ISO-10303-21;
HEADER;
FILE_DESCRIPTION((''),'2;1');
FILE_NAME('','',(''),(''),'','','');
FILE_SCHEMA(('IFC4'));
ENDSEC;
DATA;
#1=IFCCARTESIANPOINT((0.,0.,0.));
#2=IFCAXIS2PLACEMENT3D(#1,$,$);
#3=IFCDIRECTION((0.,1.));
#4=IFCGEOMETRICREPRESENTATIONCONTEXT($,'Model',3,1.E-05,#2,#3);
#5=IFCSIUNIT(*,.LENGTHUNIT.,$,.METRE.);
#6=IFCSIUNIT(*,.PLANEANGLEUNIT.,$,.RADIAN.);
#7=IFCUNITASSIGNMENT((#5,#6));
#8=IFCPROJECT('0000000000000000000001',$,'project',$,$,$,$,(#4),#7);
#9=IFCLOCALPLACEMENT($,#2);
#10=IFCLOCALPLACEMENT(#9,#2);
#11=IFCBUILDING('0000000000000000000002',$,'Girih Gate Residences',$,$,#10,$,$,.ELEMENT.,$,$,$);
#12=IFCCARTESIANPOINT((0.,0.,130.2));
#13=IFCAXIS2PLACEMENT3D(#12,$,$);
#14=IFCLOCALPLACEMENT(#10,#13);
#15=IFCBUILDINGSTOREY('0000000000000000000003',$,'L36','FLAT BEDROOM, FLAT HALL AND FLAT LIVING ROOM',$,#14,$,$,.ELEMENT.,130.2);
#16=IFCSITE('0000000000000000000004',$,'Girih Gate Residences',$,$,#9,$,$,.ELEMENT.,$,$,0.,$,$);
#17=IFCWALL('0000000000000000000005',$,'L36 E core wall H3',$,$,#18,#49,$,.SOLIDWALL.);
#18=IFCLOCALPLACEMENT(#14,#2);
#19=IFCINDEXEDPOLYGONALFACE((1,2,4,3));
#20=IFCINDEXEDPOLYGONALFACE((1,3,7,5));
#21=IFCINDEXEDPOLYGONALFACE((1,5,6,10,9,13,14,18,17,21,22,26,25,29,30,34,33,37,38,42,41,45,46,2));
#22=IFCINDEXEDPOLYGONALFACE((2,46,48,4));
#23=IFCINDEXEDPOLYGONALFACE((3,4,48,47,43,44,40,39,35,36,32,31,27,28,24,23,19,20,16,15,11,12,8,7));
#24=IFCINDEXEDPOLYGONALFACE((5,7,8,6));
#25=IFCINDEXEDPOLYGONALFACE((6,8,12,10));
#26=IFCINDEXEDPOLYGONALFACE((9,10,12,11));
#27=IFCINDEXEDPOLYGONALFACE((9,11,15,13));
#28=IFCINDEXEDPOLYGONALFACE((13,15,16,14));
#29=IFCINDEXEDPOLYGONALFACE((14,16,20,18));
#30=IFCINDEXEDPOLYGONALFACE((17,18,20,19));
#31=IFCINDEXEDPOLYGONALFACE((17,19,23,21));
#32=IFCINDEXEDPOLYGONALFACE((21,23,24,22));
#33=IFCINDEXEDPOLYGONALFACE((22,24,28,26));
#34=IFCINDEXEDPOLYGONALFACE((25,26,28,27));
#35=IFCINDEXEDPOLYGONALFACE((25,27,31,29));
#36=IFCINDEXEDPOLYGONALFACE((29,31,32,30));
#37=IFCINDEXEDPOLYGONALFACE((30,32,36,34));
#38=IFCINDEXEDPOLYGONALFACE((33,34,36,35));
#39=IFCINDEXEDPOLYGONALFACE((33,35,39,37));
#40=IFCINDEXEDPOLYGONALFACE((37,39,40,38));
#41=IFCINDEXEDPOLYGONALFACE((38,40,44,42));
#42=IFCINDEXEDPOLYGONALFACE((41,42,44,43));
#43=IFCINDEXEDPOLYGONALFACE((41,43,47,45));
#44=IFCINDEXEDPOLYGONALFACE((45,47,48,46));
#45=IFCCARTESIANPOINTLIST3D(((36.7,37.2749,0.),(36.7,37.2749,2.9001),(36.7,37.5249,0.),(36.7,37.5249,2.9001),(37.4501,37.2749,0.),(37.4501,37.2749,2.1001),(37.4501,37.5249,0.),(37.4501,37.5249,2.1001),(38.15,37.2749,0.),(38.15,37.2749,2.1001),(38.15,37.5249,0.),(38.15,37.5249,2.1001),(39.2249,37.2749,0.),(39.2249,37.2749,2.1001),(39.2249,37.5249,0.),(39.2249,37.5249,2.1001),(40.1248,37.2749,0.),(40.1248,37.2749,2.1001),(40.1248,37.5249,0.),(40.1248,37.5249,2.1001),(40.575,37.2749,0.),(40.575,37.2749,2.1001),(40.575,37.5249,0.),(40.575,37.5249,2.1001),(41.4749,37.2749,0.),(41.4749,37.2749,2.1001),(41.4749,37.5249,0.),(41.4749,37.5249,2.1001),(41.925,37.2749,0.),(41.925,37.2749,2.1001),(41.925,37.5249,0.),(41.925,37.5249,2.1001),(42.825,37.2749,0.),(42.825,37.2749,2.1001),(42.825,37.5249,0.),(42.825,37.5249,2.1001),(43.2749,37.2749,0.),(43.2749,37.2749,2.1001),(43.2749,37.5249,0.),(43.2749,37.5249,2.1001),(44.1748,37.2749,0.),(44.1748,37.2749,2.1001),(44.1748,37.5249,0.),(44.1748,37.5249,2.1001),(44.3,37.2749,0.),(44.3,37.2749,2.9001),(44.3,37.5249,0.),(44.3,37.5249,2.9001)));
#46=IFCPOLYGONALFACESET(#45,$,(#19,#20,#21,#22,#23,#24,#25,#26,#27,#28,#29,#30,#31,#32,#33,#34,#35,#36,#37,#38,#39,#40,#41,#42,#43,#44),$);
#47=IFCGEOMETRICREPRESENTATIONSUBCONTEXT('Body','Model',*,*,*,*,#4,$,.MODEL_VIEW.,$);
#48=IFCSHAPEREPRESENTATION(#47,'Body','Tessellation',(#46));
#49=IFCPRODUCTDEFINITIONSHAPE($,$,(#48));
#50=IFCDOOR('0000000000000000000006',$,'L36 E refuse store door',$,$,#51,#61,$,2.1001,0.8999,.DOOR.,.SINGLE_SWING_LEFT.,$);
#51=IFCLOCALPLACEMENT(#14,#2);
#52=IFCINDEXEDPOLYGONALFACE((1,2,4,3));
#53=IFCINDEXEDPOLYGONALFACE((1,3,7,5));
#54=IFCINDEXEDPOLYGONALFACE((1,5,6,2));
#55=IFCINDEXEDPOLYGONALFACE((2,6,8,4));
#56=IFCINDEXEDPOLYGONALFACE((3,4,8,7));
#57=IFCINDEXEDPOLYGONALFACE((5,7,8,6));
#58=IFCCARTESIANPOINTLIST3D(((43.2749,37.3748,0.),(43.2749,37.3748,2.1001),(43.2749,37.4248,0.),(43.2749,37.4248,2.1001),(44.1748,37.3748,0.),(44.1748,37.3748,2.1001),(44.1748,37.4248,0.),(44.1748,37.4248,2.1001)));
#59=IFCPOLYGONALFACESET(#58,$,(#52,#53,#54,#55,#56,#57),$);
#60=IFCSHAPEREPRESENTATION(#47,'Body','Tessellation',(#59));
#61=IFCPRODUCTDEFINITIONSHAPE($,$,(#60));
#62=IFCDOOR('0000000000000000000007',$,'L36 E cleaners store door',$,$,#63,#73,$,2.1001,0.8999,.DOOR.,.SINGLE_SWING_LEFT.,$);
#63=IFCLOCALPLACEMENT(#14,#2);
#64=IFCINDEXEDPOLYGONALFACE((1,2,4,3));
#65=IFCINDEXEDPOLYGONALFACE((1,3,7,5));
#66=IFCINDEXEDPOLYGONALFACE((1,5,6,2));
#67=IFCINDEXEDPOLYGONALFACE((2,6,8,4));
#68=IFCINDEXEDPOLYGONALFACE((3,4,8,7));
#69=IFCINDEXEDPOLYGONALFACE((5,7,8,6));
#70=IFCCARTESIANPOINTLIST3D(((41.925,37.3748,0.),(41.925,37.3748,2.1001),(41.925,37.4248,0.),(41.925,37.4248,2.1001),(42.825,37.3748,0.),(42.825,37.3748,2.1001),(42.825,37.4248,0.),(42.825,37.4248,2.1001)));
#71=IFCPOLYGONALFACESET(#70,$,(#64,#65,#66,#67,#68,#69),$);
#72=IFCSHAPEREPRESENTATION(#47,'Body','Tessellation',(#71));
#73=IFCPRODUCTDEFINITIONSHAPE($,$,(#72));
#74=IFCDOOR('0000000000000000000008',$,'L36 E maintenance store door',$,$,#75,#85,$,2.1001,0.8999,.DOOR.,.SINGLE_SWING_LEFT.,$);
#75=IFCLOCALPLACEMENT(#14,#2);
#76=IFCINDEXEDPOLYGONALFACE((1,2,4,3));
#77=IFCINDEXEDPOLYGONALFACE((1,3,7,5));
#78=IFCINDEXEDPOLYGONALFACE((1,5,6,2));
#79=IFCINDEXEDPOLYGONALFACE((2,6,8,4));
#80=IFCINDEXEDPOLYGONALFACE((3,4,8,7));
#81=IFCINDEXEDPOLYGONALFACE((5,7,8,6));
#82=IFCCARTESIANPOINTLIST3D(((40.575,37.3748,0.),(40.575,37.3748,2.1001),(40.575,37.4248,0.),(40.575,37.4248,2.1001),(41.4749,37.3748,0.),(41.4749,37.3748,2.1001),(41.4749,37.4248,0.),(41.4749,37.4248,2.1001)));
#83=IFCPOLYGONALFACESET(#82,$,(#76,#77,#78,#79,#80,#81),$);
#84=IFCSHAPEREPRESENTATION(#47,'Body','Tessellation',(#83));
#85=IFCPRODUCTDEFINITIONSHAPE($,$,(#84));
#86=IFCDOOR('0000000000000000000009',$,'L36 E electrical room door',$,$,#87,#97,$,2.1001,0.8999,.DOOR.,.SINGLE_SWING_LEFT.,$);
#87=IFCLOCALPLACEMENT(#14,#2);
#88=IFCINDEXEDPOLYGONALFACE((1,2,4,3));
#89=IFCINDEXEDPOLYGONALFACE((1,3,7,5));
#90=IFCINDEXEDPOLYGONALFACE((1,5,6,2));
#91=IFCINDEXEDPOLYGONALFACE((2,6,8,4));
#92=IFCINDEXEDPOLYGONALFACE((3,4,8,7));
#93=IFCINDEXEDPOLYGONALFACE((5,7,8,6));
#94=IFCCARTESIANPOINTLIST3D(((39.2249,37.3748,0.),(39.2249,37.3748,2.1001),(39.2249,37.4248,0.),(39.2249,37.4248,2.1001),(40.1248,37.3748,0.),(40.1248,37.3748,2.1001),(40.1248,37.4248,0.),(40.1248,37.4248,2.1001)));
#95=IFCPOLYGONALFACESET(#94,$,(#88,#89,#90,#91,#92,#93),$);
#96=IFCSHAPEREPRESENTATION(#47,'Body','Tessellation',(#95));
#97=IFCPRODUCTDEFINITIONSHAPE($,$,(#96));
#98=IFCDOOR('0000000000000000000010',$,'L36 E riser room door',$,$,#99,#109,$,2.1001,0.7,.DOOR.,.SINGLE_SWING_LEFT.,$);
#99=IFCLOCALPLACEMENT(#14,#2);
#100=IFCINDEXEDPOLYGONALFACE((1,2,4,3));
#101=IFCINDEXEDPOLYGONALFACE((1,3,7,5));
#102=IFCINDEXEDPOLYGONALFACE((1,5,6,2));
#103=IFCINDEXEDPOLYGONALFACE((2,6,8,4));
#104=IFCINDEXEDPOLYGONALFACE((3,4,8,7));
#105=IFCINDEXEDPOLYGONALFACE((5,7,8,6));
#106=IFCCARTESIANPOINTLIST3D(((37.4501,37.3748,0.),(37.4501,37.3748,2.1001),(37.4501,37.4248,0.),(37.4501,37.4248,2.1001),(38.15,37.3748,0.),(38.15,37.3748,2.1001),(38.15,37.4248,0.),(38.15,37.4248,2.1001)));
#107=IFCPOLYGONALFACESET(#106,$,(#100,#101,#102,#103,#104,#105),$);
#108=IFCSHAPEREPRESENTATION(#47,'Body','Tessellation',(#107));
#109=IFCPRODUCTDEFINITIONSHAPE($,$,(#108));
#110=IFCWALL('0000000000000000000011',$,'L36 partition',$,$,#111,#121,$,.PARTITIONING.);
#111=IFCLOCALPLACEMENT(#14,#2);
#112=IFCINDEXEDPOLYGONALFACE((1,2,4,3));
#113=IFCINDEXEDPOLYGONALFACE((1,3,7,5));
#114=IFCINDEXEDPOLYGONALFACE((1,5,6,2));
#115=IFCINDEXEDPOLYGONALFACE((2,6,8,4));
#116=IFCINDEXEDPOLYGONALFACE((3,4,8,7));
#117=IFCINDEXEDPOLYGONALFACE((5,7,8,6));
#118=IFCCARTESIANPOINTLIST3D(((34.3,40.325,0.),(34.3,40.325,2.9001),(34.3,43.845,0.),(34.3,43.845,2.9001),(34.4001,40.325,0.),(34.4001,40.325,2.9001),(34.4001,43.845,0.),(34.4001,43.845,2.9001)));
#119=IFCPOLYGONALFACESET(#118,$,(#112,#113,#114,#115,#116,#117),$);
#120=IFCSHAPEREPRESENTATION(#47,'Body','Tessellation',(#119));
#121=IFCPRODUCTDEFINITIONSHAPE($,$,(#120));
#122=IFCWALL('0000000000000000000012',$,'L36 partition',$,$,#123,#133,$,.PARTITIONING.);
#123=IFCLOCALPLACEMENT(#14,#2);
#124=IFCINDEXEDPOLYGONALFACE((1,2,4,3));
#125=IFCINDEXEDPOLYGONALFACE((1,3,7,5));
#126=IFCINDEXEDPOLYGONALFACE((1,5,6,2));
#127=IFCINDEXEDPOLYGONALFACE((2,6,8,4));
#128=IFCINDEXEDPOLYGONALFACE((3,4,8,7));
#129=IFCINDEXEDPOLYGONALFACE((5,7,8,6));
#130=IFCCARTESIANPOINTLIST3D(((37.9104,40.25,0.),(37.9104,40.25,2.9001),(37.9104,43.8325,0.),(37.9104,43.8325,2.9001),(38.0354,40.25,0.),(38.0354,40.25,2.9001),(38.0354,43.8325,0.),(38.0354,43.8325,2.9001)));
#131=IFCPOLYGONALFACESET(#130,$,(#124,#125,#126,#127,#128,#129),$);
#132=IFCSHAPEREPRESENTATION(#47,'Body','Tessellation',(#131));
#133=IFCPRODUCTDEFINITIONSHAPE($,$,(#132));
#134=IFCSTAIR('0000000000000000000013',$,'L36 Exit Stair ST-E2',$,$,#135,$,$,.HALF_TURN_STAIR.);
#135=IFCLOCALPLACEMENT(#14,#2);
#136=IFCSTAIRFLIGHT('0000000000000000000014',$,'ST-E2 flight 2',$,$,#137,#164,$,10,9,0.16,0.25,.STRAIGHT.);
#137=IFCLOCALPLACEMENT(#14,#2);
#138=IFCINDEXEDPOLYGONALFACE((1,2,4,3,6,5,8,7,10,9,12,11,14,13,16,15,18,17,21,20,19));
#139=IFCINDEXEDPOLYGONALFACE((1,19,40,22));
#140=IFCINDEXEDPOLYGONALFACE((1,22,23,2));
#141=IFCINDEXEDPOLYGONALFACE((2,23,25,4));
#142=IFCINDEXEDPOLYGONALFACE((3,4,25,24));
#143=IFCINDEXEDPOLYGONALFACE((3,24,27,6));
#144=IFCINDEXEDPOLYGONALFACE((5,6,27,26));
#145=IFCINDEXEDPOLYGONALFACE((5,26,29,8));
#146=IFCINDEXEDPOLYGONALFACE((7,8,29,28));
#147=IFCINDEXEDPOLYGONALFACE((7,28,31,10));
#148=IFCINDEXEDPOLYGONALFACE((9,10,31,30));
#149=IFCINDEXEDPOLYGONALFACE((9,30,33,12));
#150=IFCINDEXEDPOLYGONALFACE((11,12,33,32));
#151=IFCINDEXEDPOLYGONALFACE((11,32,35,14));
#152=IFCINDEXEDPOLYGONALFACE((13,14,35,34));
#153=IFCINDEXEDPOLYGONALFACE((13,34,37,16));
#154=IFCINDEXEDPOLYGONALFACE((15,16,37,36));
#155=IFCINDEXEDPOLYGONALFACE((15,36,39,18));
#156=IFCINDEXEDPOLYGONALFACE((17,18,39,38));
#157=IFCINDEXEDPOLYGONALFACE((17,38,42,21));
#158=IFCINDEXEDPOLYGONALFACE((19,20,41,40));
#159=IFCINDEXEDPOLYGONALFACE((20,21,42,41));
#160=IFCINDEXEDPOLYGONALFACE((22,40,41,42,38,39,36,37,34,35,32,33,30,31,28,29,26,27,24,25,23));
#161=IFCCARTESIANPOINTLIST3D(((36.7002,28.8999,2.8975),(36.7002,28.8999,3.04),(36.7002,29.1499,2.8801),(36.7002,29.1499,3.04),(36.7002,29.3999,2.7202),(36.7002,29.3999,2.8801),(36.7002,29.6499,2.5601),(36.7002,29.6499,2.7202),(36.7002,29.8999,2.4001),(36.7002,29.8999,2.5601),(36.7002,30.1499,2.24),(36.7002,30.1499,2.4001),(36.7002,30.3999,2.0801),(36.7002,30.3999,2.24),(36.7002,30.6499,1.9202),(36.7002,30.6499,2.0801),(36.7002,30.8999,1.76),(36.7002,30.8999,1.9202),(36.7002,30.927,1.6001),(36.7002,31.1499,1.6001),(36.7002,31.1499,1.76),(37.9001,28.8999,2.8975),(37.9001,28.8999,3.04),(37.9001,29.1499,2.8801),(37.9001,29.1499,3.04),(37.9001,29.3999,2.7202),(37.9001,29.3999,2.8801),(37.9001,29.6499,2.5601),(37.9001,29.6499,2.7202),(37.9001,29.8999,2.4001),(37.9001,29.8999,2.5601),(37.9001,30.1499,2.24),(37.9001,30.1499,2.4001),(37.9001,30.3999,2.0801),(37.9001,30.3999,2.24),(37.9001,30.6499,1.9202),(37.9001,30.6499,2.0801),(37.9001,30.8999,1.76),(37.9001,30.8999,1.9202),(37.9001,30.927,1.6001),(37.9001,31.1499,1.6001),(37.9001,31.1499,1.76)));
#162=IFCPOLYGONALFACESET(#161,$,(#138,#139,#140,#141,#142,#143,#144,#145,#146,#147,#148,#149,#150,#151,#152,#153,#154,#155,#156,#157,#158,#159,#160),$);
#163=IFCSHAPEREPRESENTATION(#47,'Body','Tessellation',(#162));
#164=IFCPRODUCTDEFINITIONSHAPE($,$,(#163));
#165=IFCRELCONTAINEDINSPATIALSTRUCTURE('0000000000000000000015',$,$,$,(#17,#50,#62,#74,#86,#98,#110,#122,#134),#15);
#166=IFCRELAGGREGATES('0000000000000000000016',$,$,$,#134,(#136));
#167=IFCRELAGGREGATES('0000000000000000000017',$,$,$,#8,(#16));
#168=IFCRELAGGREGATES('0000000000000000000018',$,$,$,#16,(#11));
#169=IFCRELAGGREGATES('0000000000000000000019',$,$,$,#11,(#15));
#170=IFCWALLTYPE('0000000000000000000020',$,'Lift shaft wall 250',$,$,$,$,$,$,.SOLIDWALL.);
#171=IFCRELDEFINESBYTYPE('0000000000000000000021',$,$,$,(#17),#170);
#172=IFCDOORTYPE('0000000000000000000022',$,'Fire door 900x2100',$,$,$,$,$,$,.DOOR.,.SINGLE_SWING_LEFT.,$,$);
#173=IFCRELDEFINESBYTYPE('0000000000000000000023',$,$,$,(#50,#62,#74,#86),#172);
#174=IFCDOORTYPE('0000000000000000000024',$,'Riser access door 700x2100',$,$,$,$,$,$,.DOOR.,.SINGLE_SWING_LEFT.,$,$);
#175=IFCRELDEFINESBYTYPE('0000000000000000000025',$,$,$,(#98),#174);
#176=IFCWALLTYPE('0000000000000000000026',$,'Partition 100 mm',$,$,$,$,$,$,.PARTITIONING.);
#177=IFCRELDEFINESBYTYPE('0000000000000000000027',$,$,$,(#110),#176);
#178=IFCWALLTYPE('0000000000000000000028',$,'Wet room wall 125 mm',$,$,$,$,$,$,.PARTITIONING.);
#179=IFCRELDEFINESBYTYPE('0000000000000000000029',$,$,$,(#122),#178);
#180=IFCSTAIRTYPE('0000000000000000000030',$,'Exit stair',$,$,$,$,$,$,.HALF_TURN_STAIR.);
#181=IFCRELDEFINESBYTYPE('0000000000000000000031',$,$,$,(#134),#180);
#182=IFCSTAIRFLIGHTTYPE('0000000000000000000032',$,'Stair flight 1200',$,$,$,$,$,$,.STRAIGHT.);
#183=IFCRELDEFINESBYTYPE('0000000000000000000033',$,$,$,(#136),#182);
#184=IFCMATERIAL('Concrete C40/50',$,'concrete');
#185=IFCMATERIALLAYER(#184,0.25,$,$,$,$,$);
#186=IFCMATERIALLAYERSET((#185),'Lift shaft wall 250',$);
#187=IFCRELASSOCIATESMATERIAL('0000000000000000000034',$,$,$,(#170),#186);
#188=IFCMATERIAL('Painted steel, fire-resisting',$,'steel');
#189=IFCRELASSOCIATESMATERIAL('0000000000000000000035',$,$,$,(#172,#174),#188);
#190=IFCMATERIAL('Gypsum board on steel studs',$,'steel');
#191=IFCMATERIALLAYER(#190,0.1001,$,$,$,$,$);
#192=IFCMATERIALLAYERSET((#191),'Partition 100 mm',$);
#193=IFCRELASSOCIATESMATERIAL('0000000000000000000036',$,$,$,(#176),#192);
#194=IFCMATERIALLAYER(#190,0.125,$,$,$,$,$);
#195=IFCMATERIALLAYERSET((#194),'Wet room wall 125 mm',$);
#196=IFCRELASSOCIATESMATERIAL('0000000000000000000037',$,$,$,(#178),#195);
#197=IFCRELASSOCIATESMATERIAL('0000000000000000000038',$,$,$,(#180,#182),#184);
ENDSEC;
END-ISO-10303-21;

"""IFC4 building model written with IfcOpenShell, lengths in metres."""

from ifc_helpers import new_model, si_unit, direction, frame, frame_2d, origin, place, context, subcontext, project, spatial, polyline, rectangle, outline, extrude, material, layer, layer_set, type_object, element, fill, aggregate, save


model = new_model("IFC4")

# Units and contexts
model_context = context("Model", 3, precision=1e-05, world=origin(), true_north=direction((0.0, 1.0)))
body_context = subcontext(model_context, "Body", "Model", "MODEL_VIEW")
ifc_project = project(units=[si_unit("LENGTHUNIT", "METRE"), si_unit("PLANEANGLEUNIT", "RADIAN")], contexts=[model_context])

# Site, building, storey
site_placement = place(None, origin())
site = spatial("IfcSite", under=ifc_project, at=site_placement, Name="Girih Gate Residences", CompositionType="ELEMENT", RefElevation=0.0)
building_placement = place(site_placement, origin())
building = spatial("IfcBuilding", under=site, at=building_placement, Name="Girih Gate Residences", CompositionType="ELEMENT")
storey_placement = place(building_placement, frame((0.0, 0.0, 130.2)))
storey = spatial("IfcBuildingStorey", under=building, at=storey_placement, Name="L36", Description="FLAT BEDROOM, FLAT HALL AND FLAT LIVING ROOM", CompositionType="ELEMENT", Elevation=130.2)

# Shared definitions
ifc_material_1 = material(Name="Gypsum board on steel studs", Category="steel")

# Shared definitions
ifc_material_2 = material(Name="Concrete C40/50", Category="concrete")
ifc_layer_1 = layer(ifc_material_2, 0.25)
ifc_layer_set_1 = layer_set([ifc_layer_1], Name="Lift shaft wall 250")
wall_type_1 = type_object("IfcWallType", Name="Lift shaft wall 250", PredefinedType="SOLIDWALL", material=ifc_layer_set_1)

# Wall, openings, doors
ifc_material_3 = material(Name="Painted steel, fire-resisting", Category="steel")
door_type_1 = type_object("IfcDoorType", Name="Fire door 900x2100", OperationType="SINGLE_SWING_LEFT", PredefinedType="DOOR", material=ifc_material_3)
wall_1_placement = place(storey_placement, frame((36.7, 37.3999, 0.0), z_axis=(0.0, 0.0, 1.0), x_axis=(1.0, 0.0, 0.0)))
wall_1 = element("IfcWall", 1, at=wall_1_placement, inside=storey, type_object=wall_type_1, Name="L36 E core wall H3", PredefinedType="SOLIDWALL", context=body_context, shape_type="SweptSolid", body=[
    extrude(rectangle(XDim=7.6001, YDim=0.25, at=frame_2d((3.8, 0.0))), origin(), (0.0, 0.0, 1.0), 2.9001),
])
opening_1_placement = place(wall_1_placement, frame((0.75, 0.0, 0.0)))
opening_1 = element("IfcOpeningElement", 2, at=opening_1_placement, cuts=wall_1, PredefinedType="OPENING", context=body_context, shape_type="SweptSolid", body=[
    extrude(rectangle(XDim=0.7, YDim=2.1001, at=frame_2d((0.3501, 1.05))), frame((0.0, 0.135, 0.0), z_axis=(0.0, -1.0, 0.0), x_axis=(1.0, 0.0, 0.0)), (0.0, 0.0, 1.0), 0.27),
])
opening_2_placement = place(wall_1_placement, frame((6.575, 0.0, 0.0)))
opening_2 = element("IfcOpeningElement", 3, at=opening_2_placement, cuts=wall_1, PredefinedType="OPENING", context=body_context, shape_type="SweptSolid", body=[
    extrude(rectangle(XDim=0.8999, YDim=2.1001, at=frame_2d((0.45, 1.05))), frame((0.0, 0.135, 0.0), z_axis=(0.0, -1.0, 0.0), x_axis=(1.0, 0.0, 0.0)), (0.0, 0.0, 1.0), 0.27),
])
opening_3_placement = place(wall_1_placement, frame((5.2251, 0.0, 0.0)))
opening_3 = element("IfcOpeningElement", 4, at=opening_3_placement, cuts=wall_1, PredefinedType="OPENING", context=body_context, shape_type="SweptSolid", body=[
    extrude(rectangle(XDim=0.8999, YDim=2.1001, at=frame_2d((0.45, 1.05))), frame((0.0, 0.135, 0.0), z_axis=(0.0, -1.0, 0.0), x_axis=(1.0, 0.0, 0.0)), (0.0, 0.0, 1.0), 0.27),
])
opening_4_placement = place(wall_1_placement, frame((3.875, 0.0, 0.0)))
opening_4 = element("IfcOpeningElement", 5, at=opening_4_placement, cuts=wall_1, PredefinedType="OPENING", context=body_context, shape_type="SweptSolid", body=[
    extrude(rectangle(XDim=0.8999, YDim=2.1001, at=frame_2d((0.45, 1.05))), frame((0.0, 0.135, 0.0), z_axis=(0.0, -1.0, 0.0), x_axis=(1.0, 0.0, 0.0)), (0.0, 0.0, 1.0), 0.27),
])
opening_5_placement = place(wall_1_placement, frame((2.5249, 0.0, 0.0)))
opening_5 = element("IfcOpeningElement", 6, at=opening_5_placement, cuts=wall_1, PredefinedType="OPENING", context=body_context, shape_type="SweptSolid", body=[
    extrude(rectangle(XDim=0.8999, YDim=2.1001, at=frame_2d((0.45, 1.05))), frame((0.0, 0.135, 0.0), z_axis=(0.0, -1.0, 0.0), x_axis=(1.0, 0.0, 0.0)), (0.0, 0.0, 1.0), 0.27),
])
door_1_placement = place(opening_2_placement, origin())
door_1 = element("IfcDoor", 7, at=door_1_placement, inside=storey, type_object=door_type_1, Name="L36 E refuse store door", OperationType="SINGLE_SWING_LEFT", OverallHeight=2.1001, OverallWidth=0.8999, PredefinedType="DOOR", context=body_context, shape_type="SweptSolid", body=[
    extrude(rectangle(XDim=0.8999, YDim=2.1001, at=frame_2d((0.45, 1.05))), frame((0.0, 0.0249, 0.0), z_axis=(0.0, -1.0, 0.0), x_axis=(1.0, 0.0, 0.0)), (0.0, 0.0, 1.0), 0.05),
])
fill(opening_2, door_1)
door_2_placement = place(opening_3_placement, origin())
door_2 = element("IfcDoor", 8, at=door_2_placement, inside=storey, type_object=door_type_1, Name="L36 E cleaners store door", OperationType="SINGLE_SWING_LEFT", OverallHeight=2.1001, OverallWidth=0.8999, PredefinedType="DOOR", context=body_context, shape_type="SweptSolid", body=[
    extrude(rectangle(XDim=0.8999, YDim=2.1001, at=frame_2d((0.45, 1.05))), frame((0.0, 0.0249, 0.0), z_axis=(0.0, -1.0, 0.0), x_axis=(1.0, 0.0, 0.0)), (0.0, 0.0, 1.0), 0.05),
])
fill(opening_3, door_2)
door_3_placement = place(opening_4_placement, origin())
door_3 = element("IfcDoor", 9, at=door_3_placement, inside=storey, type_object=door_type_1, Name="L36 E maintenance store door", OperationType="SINGLE_SWING_LEFT", OverallHeight=2.1001, OverallWidth=0.8999, PredefinedType="DOOR", context=body_context, shape_type="SweptSolid", body=[
    extrude(rectangle(XDim=0.8999, YDim=2.1001, at=frame_2d((0.45, 1.05))), frame((0.0, 0.0249, 0.0), z_axis=(0.0, -1.0, 0.0), x_axis=(1.0, 0.0, 0.0)), (0.0, 0.0, 1.0), 0.05),
])
fill(opening_4, door_3)
door_4_placement = place(opening_5_placement, origin())
door_4 = element("IfcDoor", 10, at=door_4_placement, inside=storey, type_object=door_type_1, Name="L36 E electrical room door", OperationType="SINGLE_SWING_LEFT", OverallHeight=2.1001, OverallWidth=0.8999, PredefinedType="DOOR", context=body_context, shape_type="SweptSolid", body=[
    extrude(rectangle(XDim=0.8999, YDim=2.1001, at=frame_2d((0.45, 1.05))), frame((0.0, 0.0249, 0.0), z_axis=(0.0, -1.0, 0.0), x_axis=(1.0, 0.0, 0.0)), (0.0, 0.0, 1.0), 0.05),
])
fill(opening_5, door_4)
door_type_2 = type_object("IfcDoorType", Name="Riser access door 700x2100", OperationType="SINGLE_SWING_LEFT", PredefinedType="DOOR", material=ifc_material_3)
door_5_placement = place(opening_1_placement, origin())
door_5 = element("IfcDoor", 11, at=door_5_placement, inside=storey, type_object=door_type_2, Name="L36 E riser room door", OperationType="SINGLE_SWING_LEFT", OverallHeight=2.1001, OverallWidth=0.7, PredefinedType="DOOR", context=body_context, shape_type="SweptSolid", body=[
    extrude(rectangle(XDim=0.7, YDim=2.1001, at=frame_2d((0.3501, 1.05))), frame((0.0, 0.0249, 0.0), z_axis=(0.0, -1.0, 0.0), x_axis=(1.0, 0.0, 0.0)), (0.0, 0.0, 1.0), 0.05),
])
fill(opening_1, door_5)

# Walls
ifc_layer_2 = layer(ifc_material_1, 0.1001)
ifc_layer_set_2 = layer_set([ifc_layer_2], Name="Partition 100 mm")
wall_type_2 = type_object("IfcWallType", Name="Partition 100 mm", PredefinedType="PARTITIONING", material=ifc_layer_set_2)
wall_2_placement = place(storey_placement, frame((34.3501, 40.325, 0.0), z_axis=(0.0, 0.0, 1.0), x_axis=(0.0, 1.0, 0.0)))
element("IfcWall", 12, at=wall_2_placement, inside=storey, type_object=wall_type_2, Name="L36 partition", PredefinedType="PARTITIONING", context=body_context, shape_type="SweptSolid", body=[
    extrude(rectangle(XDim=3.52, YDim=0.1001, at=frame_2d((1.76, 0.0))), origin(), (0.0, 0.0, 1.0), 2.9001),
])
ifc_layer_3 = layer(ifc_material_1, 0.125)
ifc_layer_set_3 = layer_set([ifc_layer_3], Name="Wet room wall 125 mm")
wall_type_3 = type_object("IfcWallType", Name="Wet room wall 125 mm", PredefinedType="PARTITIONING", material=ifc_layer_set_3)
wall_3_placement = place(storey_placement, frame((37.9729, 40.25, 0.0), z_axis=(0.0, 0.0, 1.0), x_axis=(0.0, 1.0, 0.0)))
element("IfcWall", 13, at=wall_3_placement, inside=storey, type_object=wall_type_3, Name="L36 partition", PredefinedType="PARTITIONING", context=body_context, shape_type="SweptSolid", body=[
    extrude(rectangle(XDim=3.5825, YDim=0.125, at=frame_2d((1.7913, 0.0))), origin(), (0.0, 0.0, 1.0), 2.9001),
])

# Stair, stair flight
stair_type = type_object("IfcStairType", Name="Exit stair", PredefinedType="HALF_TURN_STAIR", material=ifc_material_2)
stair_placement = place(storey_placement, origin())
stair = element("IfcStair", 14, at=stair_placement, inside=storey, type_object=stair_type, Name="L36 Exit Stair ST-E2", PredefinedType="HALF_TURN_STAIR")
stair_flight_type = type_object("IfcStairFlightType", Name="Stair flight 1200", PredefinedType="STRAIGHT", material=ifc_material_2)
stair_flight_placement = place(storey_placement, frame((37.3, 31.1499, 1.6001), z_axis=(0.0, 0.0, 1.0), x_axis=(0.0, -1.0, 0.0)))
stair_flight = element("IfcStairFlight", 15, at=stair_flight_placement, type_object=stair_flight_type, Name="ST-E2 flight 2", NumberOfRisers=10, NumberOfTreads=9, PredefinedType="STRAIGHT", RiserHeight=0.16, TreadLength=0.25, context=body_context, shape_type="SweptSolid", body=[
    extrude(outline(polyline([(0.0, 0.0), (0.0, 0.1599), (0.25, 0.1599), (0.25, 0.3201), (0.5, 0.3201), (0.5, 0.48), (0.75, 0.48), (0.75, 0.6399), (1.0, 0.6399), (1.0, 0.8), (1.25, 0.8), (1.25, 0.96), (1.5, 0.96), (1.5, 1.1201), (1.75, 1.1201), (1.75, 1.28), (2.0, 1.28), (2.0, 1.4399), (2.25, 1.4399), (2.25, 1.6001), (2.25, 1.2974), (0.2229, 0.0), (0.0, 0.0)])), frame((0.0, 0.6001, 0.0), z_axis=(0.0, -1.0, 0.0), x_axis=(1.0, 0.0, 0.0)), (0.0, 0.0, 1.0), 1.2),
])
aggregate(stair, [stair_flight])

save(model, "model.ifc")
